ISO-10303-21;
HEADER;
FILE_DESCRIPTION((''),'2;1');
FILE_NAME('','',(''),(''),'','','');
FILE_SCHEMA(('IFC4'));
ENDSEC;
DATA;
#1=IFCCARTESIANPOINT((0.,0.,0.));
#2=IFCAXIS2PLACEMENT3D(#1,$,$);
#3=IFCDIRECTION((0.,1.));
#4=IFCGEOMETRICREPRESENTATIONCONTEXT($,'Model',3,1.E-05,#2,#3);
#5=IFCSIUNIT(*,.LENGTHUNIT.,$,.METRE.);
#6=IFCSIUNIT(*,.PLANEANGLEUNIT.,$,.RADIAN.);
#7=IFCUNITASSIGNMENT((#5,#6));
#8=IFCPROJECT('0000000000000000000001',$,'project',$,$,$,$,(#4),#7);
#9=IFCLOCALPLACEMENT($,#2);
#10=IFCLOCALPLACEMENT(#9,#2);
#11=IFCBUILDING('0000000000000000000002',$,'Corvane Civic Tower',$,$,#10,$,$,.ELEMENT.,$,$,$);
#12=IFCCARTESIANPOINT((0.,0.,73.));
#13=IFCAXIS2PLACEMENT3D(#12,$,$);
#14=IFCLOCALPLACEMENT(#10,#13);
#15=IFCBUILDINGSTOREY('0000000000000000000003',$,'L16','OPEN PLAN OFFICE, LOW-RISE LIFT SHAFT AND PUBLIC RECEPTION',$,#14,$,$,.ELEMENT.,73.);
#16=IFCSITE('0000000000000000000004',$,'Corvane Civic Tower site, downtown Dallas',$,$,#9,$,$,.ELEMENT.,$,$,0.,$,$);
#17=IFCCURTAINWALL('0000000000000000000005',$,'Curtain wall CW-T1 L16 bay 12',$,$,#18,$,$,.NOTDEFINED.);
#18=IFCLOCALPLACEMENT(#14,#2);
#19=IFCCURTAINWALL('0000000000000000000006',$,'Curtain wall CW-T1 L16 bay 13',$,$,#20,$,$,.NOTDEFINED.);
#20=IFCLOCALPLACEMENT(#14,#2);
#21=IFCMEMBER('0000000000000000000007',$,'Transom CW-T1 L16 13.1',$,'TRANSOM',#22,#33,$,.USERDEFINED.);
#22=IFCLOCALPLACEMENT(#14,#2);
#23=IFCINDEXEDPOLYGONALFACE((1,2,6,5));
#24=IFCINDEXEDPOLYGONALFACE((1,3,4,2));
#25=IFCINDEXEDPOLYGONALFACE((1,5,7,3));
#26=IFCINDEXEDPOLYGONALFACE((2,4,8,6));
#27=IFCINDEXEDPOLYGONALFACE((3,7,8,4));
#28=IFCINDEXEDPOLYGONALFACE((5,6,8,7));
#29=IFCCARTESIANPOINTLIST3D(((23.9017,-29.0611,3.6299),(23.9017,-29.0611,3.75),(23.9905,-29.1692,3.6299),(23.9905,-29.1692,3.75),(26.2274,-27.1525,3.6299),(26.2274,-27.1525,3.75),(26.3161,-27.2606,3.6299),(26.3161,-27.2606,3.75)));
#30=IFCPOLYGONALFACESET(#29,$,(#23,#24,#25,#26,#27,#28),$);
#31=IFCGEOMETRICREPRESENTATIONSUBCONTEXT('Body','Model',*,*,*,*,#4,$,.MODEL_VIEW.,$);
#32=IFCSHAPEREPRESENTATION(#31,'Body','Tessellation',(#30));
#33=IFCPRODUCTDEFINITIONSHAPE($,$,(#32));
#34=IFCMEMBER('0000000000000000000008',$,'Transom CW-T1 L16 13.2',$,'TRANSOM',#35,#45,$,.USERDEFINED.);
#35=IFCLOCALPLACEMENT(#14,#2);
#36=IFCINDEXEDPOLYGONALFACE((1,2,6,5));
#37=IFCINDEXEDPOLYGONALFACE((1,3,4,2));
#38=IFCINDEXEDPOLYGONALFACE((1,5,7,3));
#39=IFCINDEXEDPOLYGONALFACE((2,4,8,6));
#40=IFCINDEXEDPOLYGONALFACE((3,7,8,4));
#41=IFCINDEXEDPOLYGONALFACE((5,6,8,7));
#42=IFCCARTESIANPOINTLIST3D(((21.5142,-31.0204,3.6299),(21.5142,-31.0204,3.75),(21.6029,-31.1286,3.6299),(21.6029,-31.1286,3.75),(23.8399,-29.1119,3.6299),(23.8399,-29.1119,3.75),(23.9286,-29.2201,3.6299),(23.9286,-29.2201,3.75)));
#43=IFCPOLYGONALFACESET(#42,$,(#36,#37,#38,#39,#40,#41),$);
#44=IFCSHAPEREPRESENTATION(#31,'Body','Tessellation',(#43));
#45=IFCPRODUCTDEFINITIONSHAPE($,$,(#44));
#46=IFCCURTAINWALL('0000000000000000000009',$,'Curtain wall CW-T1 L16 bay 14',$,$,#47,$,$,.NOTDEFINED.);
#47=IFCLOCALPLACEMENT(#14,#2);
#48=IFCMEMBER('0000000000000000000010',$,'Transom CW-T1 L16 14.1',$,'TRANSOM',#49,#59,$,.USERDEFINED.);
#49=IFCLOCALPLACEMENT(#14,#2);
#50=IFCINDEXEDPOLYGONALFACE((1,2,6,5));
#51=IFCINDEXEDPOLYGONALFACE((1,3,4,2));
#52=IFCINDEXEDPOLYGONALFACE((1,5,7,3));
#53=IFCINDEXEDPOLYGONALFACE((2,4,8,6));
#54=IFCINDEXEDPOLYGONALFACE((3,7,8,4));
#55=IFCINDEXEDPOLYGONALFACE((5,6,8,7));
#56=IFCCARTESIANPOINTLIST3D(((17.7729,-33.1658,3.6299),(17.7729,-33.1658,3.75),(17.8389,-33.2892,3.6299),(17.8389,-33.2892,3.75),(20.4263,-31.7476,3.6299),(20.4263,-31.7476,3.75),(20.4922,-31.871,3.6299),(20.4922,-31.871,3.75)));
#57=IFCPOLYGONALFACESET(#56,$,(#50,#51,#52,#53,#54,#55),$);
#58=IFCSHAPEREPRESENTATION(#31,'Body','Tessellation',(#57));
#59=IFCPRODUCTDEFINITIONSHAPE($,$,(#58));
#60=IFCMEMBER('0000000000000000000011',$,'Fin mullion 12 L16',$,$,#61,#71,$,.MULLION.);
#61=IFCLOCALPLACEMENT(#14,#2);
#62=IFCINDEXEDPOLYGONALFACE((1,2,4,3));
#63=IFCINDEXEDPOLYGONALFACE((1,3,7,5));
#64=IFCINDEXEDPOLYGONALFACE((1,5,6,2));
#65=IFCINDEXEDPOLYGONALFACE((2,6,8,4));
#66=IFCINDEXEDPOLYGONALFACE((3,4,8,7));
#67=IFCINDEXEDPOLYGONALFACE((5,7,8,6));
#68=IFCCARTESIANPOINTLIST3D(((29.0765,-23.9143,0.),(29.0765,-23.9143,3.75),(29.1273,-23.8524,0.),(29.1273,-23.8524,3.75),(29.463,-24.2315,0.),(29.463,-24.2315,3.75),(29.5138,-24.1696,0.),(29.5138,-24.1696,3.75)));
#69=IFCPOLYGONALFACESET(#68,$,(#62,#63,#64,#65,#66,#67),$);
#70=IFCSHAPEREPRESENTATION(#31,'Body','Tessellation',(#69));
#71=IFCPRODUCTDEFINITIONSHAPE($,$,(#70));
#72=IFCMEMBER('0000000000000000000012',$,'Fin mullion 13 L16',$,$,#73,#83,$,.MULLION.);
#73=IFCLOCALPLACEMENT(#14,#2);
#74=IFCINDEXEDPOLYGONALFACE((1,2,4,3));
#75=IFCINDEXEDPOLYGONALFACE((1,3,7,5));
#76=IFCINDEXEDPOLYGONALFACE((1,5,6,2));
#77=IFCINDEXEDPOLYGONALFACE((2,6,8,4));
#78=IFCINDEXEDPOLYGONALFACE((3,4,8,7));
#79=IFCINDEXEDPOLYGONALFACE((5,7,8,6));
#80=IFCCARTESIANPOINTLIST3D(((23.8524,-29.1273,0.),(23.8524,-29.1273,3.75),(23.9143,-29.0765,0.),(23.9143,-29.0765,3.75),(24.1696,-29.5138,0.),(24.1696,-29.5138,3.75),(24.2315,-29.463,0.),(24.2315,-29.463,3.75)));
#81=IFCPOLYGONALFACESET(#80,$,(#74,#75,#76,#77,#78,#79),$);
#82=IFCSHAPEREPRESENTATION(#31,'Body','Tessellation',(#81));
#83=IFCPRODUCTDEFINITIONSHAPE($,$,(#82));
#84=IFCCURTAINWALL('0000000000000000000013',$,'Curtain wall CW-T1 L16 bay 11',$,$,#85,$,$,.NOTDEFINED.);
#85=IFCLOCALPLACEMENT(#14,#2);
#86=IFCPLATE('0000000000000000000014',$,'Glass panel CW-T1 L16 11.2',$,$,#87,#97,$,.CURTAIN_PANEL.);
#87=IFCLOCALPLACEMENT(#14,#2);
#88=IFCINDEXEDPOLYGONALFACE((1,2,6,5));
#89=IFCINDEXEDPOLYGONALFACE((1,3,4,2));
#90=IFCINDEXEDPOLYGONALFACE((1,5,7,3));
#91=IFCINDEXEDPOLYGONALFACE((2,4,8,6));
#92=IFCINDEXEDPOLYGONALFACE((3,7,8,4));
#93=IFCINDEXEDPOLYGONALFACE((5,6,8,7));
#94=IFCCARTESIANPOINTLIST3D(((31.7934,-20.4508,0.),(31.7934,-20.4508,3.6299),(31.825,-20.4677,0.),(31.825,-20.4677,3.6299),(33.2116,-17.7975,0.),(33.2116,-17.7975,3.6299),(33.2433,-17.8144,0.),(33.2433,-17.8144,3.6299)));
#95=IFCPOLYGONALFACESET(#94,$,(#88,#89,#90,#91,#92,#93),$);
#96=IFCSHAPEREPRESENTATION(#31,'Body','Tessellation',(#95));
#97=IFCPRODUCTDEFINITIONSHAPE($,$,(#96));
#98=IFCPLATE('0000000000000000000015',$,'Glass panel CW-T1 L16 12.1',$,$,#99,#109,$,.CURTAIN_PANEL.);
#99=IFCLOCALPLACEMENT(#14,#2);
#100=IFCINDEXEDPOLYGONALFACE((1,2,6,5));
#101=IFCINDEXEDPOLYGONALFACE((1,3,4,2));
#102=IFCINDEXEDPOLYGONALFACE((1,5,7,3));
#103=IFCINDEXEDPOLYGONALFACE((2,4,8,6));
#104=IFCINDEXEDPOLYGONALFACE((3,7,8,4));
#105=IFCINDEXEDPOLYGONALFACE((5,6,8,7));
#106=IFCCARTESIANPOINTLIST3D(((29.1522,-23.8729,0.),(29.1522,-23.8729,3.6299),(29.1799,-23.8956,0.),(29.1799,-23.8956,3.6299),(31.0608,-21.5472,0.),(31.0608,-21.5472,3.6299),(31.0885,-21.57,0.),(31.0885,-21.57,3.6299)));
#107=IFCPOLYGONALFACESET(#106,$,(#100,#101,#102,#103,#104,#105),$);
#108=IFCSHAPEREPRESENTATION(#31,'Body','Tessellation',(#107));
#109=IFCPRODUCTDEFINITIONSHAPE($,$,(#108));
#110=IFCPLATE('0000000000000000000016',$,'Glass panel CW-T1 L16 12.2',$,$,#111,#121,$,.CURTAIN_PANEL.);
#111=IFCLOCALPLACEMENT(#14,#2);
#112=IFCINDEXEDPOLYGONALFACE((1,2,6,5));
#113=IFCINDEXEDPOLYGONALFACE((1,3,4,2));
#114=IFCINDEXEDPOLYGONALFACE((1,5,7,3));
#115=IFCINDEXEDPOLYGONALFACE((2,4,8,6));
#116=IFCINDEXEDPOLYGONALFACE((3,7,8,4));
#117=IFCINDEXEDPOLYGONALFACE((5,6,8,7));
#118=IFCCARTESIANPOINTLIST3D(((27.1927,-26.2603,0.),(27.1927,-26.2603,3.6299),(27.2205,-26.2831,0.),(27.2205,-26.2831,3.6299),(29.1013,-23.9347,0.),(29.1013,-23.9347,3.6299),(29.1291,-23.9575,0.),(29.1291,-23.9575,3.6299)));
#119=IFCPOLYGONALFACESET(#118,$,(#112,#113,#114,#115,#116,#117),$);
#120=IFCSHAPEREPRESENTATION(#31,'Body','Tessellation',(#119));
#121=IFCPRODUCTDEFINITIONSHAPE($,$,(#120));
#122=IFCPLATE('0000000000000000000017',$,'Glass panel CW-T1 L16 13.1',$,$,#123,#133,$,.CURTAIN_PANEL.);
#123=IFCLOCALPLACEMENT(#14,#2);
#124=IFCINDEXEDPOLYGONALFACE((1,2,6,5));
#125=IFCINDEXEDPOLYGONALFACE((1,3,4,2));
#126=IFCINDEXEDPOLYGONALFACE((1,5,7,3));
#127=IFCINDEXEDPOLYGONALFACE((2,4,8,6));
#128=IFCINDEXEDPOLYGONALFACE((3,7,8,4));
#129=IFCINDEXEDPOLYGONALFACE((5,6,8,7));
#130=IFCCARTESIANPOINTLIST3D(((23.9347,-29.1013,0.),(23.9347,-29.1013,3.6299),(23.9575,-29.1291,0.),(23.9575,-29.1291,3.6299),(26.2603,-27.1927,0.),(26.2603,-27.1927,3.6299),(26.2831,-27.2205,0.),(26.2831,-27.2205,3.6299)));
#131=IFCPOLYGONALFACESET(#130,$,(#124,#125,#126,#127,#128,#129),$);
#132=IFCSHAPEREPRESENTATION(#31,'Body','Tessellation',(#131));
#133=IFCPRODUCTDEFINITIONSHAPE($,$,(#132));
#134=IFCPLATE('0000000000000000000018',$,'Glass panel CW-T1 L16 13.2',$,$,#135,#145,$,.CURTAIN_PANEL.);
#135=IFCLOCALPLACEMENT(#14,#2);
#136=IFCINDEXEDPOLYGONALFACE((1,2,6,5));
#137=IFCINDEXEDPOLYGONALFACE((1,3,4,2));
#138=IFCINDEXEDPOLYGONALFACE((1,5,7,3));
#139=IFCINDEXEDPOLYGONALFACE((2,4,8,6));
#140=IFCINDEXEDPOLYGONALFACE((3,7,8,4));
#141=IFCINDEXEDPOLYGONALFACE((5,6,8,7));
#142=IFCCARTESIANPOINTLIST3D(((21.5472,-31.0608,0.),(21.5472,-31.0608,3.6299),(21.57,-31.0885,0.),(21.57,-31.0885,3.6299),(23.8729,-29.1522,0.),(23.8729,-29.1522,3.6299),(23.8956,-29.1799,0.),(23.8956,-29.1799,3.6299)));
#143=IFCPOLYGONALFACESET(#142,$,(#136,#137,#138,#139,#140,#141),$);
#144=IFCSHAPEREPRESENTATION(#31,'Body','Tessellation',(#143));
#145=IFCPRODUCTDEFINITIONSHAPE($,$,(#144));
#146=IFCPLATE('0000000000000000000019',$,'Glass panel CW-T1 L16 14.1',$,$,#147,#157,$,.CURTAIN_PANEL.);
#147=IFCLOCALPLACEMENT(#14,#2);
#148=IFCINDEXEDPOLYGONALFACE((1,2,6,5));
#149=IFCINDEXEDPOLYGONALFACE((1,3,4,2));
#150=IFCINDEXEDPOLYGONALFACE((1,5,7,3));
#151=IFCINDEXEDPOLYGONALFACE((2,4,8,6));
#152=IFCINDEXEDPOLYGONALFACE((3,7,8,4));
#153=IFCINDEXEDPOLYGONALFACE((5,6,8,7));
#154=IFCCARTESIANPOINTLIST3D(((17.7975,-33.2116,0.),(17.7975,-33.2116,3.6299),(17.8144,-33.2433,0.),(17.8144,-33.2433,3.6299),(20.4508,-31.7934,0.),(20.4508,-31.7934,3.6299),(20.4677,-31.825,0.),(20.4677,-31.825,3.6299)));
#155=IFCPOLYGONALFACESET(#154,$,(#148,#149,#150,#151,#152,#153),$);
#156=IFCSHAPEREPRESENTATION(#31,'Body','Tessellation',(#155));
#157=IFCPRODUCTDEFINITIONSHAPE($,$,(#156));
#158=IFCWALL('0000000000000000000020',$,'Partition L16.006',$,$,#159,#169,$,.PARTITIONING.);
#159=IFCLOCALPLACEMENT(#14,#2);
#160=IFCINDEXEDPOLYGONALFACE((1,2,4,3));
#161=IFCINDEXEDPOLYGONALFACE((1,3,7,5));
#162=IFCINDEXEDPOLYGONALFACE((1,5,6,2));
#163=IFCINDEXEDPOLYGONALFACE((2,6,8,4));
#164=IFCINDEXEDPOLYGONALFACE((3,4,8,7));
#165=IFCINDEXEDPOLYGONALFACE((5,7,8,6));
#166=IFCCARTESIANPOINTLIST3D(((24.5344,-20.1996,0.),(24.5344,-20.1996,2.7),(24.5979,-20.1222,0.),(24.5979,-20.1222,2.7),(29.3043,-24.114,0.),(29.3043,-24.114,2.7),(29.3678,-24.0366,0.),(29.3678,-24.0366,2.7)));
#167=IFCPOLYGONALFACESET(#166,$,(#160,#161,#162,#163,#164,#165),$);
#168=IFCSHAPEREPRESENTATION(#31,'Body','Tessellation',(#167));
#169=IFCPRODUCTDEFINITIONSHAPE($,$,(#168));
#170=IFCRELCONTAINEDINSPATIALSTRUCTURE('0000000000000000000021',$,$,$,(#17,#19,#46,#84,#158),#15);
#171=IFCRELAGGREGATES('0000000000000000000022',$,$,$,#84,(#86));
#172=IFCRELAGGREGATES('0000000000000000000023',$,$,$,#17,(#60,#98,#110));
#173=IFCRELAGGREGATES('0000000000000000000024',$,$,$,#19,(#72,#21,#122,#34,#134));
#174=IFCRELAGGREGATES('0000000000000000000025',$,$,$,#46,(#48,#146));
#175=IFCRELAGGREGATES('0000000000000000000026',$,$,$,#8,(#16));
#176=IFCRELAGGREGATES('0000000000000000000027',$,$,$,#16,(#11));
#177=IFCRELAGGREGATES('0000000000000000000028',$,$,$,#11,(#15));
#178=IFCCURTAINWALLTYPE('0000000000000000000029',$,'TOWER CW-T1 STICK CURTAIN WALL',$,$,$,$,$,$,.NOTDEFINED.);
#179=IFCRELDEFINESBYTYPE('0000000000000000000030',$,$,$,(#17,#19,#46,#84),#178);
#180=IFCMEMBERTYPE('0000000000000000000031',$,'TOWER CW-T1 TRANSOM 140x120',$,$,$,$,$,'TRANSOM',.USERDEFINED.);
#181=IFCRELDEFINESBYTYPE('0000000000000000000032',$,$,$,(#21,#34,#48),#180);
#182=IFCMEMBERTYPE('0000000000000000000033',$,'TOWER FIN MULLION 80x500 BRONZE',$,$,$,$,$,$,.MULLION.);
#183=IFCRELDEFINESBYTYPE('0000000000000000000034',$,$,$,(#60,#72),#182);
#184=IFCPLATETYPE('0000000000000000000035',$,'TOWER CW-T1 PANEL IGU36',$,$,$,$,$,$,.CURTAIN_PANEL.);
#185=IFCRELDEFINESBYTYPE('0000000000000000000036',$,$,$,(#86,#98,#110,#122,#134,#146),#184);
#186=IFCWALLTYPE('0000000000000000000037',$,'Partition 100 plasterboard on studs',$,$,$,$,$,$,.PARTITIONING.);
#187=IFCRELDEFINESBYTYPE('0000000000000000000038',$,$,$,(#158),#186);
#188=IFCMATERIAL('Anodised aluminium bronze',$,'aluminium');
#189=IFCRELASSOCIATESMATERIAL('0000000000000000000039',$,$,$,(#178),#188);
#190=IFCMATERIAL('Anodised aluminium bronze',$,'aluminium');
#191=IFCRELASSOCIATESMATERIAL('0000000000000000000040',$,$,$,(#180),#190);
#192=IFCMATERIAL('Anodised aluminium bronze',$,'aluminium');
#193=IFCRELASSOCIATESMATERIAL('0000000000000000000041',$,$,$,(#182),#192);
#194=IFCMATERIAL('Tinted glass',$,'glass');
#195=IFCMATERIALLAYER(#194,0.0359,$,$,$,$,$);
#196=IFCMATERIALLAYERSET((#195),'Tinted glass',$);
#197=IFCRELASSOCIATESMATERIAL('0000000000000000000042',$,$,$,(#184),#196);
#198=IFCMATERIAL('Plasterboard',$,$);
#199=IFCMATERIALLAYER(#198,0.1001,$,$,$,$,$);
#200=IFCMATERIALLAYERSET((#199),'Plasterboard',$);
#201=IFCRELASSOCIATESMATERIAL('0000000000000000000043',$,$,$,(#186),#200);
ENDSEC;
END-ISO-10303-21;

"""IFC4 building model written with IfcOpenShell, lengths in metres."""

from ifc_helpers import new_model, si_unit, direction, frame, frame_2d, origin, origin_2d, place, context, subcontext, project, spatial, rectangle, extrude, material, layer, layer_set, material_profile, profile_set, type_object, element, aggregate, save


model = new_model("IFC4")

# Units and contexts
model_context = context("Model", 3, precision=1e-05, world=origin(), true_north=direction((0.0, 1.0)))
body_context = subcontext(model_context, "Body", "Model", "MODEL_VIEW")
ifc_project = project(units=[si_unit("LENGTHUNIT", "METRE"), si_unit("PLANEANGLEUNIT", "RADIAN")], contexts=[model_context])

# Site, building, storey
site_placement = place(None, origin())
site = spatial("IfcSite", under=ifc_project, at=site_placement, Name="Corvane Civic Tower site, downtown Dallas", CompositionType="ELEMENT", RefElevation=0.0)
building_placement = place(site_placement, origin())
building = spatial("IfcBuilding", under=site, at=building_placement, Name="Corvane Civic Tower", CompositionType="ELEMENT")
storey_placement = place(building_placement, frame((0.0, 0.0, 73.0)))
storey = spatial("IfcBuildingStorey", under=building, at=storey_placement, Name="L16", Description="OPEN PLAN OFFICE, LOW-RISE LIFT SHAFT AND PUBLIC RECEPTION", CompositionType="ELEMENT", Elevation=73.0)

# Curtain walls, members
ifc_material_1 = material(Name="Anodised aluminium bronze", Category="aluminium")
curtain_wall_type = type_object("IfcCurtainWallType", Name="TOWER CW-T1 STICK CURTAIN WALL", PredefinedType="NOTDEFINED", material=ifc_material_1)
curtain_wall_1_placement = place(storey_placement, origin())
curtain_wall_1 = element("IfcCurtainWall", 1, at=curtain_wall_1_placement, inside=storey, type_object=curtain_wall_type, Name="Curtain wall CW-T1 L16 bay 12", PredefinedType="NOTDEFINED")
ifc_material_2 = material(Name="Anodised aluminium bronze", Category="aluminium")
ifc_material_profile_1 = material_profile(ifc_material_2, rectangle(XDim=0.1399, YDim=0.1201, at=origin_2d()), Name="TOWER CW-T1 TRANSOM 140x120")
ifc_profile_set_1 = profile_set([ifc_material_profile_1], Name="Anodised aluminium bronze")
member_type_1 = type_object("IfcMemberType", Name="TOWER CW-T1 TRANSOM 140x120", ElementType="TRANSOM", PredefinedType="USERDEFINED", material=ifc_profile_set_1)
curtain_wall_2_placement = place(storey_placement, origin())
curtain_wall_2 = element("IfcCurtainWall", 2, at=curtain_wall_2_placement, inside=storey, type_object=curtain_wall_type, Name="Curtain wall CW-T1 L16 bay 13", PredefinedType="NOTDEFINED")
member_1_placement = place(storey_placement, frame((26.2717, -27.2065, 3.6899), z_axis=(-0.773002, -0.634404, 0.0), x_axis=(0.634404, -0.773002, 0.0)))
member_1 = element("IfcMember", 3, at=member_1_placement, type_object=member_type_1, Name="Transom CW-T1 L16 13.1", ObjectType="TRANSOM", PredefinedType="USERDEFINED", context=body_context, shape_type="SweptSolid", body=[
    extrude(rectangle(XDim=0.1399, YDim=0.1201, at=origin_2d()), origin(), (0.0, 0.0, 1.0), 3.0085),
])
member_2_placement = place(storey_placement, frame((23.8843, -29.166, 3.6899), z_axis=(-0.773042, -0.634355, 0.0), x_axis=(0.634355, -0.773042, 0.0)))
member_2 = element("IfcMember", 4, at=member_2_placement, type_object=member_type_1, Name="Transom CW-T1 L16 13.2", ObjectType="TRANSOM", PredefinedType="USERDEFINED", context=body_context, shape_type="SweptSolid", body=[
    extrude(rectangle(XDim=0.1399, YDim=0.1201, at=origin_2d()), origin(), (0.0, 0.0, 1.0), 3.0085),
])

# Curtain wall, member
curtain_wall_3_placement = place(storey_placement, origin())
curtain_wall_3 = element("IfcCurtainWall", 5, at=curtain_wall_3_placement, inside=storey, type_object=curtain_wall_type, Name="Curtain wall CW-T1 L16 bay 14", PredefinedType="NOTDEFINED")
member_3_placement = place(storey_placement, frame((20.4592, -31.8093, 3.6899), z_axis=(-0.881924, -0.471393, 0.0), x_axis=(0.471393, -0.881924, 0.0)))
member_3 = element("IfcMember", 6, at=member_3_placement, type_object=member_type_1, Name="Transom CW-T1 L16 14.1", ObjectType="TRANSOM", PredefinedType="USERDEFINED", context=body_context, shape_type="SweptSolid", body=[
    extrude(rectangle(XDim=0.1399, YDim=0.1201, at=origin_2d()), origin(), (0.0, 0.0, 1.0), 3.0085),
])

# Members
ifc_material_3 = material(Name="Anodised aluminium bronze", Category="aluminium")
ifc_material_profile_2 = material_profile(ifc_material_3, rectangle(XDim=0.0801, YDim=0.5, at=origin_2d()), Name="TOWER FIN MULLION 80x500 BRONZE")
ifc_profile_set_2 = profile_set([ifc_material_profile_2], Name="Anodised aluminium bronze")
member_type_2 = type_object("IfcMemberType", Name="TOWER FIN MULLION 80x500 BRONZE", PredefinedType="MULLION", material=ifc_profile_set_2)
member_4_placement = place(storey_placement, frame((29.2952, -24.042, 0.0), z_axis=(0.0, 0.0, 1.0), x_axis=(-0.634397, -0.773007, 0.0)))
member_4 = element("IfcMember", 7, at=member_4_placement, type_object=member_type_2, Name="Fin mullion 12 L16", PredefinedType="MULLION", context=body_context, shape_type="SweptSolid", body=[
    extrude(rectangle(XDim=0.0801, YDim=0.5, at=origin_2d()), origin(), (0.0, 0.0, 1.0), 3.75),
])
member_5_placement = place(storey_placement, frame((24.042, -29.2952, 0.0), z_axis=(0.0, 0.0, 1.0), x_axis=(-0.773007, -0.634397, 0.0)))
member_5 = element("IfcMember", 8, at=member_5_placement, type_object=member_type_2, Name="Fin mullion 13 L16", PredefinedType="MULLION", context=body_context, shape_type="SweptSolid", body=[
    extrude(rectangle(XDim=0.0801, YDim=0.5, at=origin_2d()), origin(), (0.0, 0.0, 1.0), 3.75),
])

# Curtain wall, plate
curtain_wall_4_placement = place(storey_placement, origin())
curtain_wall_4 = element("IfcCurtainWall", 9, at=curtain_wall_4_placement, inside=storey, type_object=curtain_wall_type, Name="Curtain wall CW-T1 L16 bay 11", PredefinedType="NOTDEFINED")
ifc_material_4 = material(Name="Tinted glass", Category="glass")
ifc_layer_1 = layer(ifc_material_4, 0.0359)
ifc_layer_set_1 = layer_set([ifc_layer_1], Name="Tinted glass")
plate_type = type_object("IfcPlateType", Name="TOWER CW-T1 PANEL IGU36", PredefinedType="CURTAIN_PANEL", material=ifc_layer_set_1)
plate_1_placement = place(storey_placement, frame((32.5183, -19.1326, 0.0), z_axis=(0.0, 0.0, 1.0), x_axis=(-0.471404, -0.881918, 0.0)))
plate_1 = element("IfcPlate", 10, at=plate_1_placement, type_object=plate_type, Name="Glass panel CW-T1 L16 11.2", PredefinedType="CURTAIN_PANEL", context=body_context, shape_type="SweptSolid", body=[
    extrude(rectangle(XDim=3.0085, YDim=0.0359, at=origin_2d()), origin(), (0.0, 0.0, 1.0), 3.6299),
])
aggregate(curtain_wall_4, [plate_1])

# Plates
plate_2_placement = place(storey_placement, frame((30.1204, -22.7214, 0.0), z_axis=(0.0, 0.0, 1.0), x_axis=(-0.634397, -0.773007, 0.0)))
plate_2 = element("IfcPlate", 11, at=plate_2_placement, type_object=plate_type, Name="Glass panel CW-T1 L16 12.1", PredefinedType="CURTAIN_PANEL", context=body_context, shape_type="SweptSolid", body=[
    extrude(rectangle(XDim=3.0085, YDim=0.0359, at=origin_2d()), origin(), (0.0, 0.0, 1.0), 3.6299),
])
plate_3_placement = place(storey_placement, frame((28.1609, -25.1089, 0.0), z_axis=(0.0, 0.0, 1.0), x_axis=(-0.634397, -0.773007, 0.0)))
plate_3 = element("IfcPlate", 12, at=plate_3_placement, type_object=plate_type, Name="Glass panel CW-T1 L16 12.2", PredefinedType="CURTAIN_PANEL", context=body_context, shape_type="SweptSolid", body=[
    extrude(rectangle(XDim=3.0085, YDim=0.0359, at=origin_2d()), origin(), (0.0, 0.0, 1.0), 3.6299),
])
aggregate(curtain_wall_1, [member_4, plate_2, plate_3])
plate_4_placement = place(storey_placement, frame((25.1089, -28.1609, 0.0), z_axis=(0.0, 0.0, 1.0), x_axis=(-0.773007, -0.634397, 0.0)))
plate_4 = element("IfcPlate", 13, at=plate_4_placement, type_object=plate_type, Name="Glass panel CW-T1 L16 13.1", PredefinedType="CURTAIN_PANEL", context=body_context, shape_type="SweptSolid", body=[
    extrude(rectangle(XDim=3.0085, YDim=0.0359, at=origin_2d()), origin(), (0.0, 0.0, 1.0), 3.6299),
])
plate_5_placement = place(storey_placement, frame((22.7214, -30.1204, 0.0), z_axis=(0.0, 0.0, 1.0), x_axis=(-0.773007, -0.634397, 0.0)))
plate_5 = element("IfcPlate", 14, at=plate_5_placement, type_object=plate_type, Name="Glass panel CW-T1 L16 13.2", PredefinedType="CURTAIN_PANEL", context=body_context, shape_type="SweptSolid", body=[
    extrude(rectangle(XDim=3.0085, YDim=0.0359, at=origin_2d()), origin(), (0.0, 0.0, 1.0), 3.6299),
])
aggregate(curtain_wall_2, [member_5, member_1, plate_4, member_2, plate_5])
plate_6_placement = place(storey_placement, frame((19.1326, -32.5183, 0.0), z_axis=(0.0, 0.0, 1.0), x_axis=(-0.881918, -0.471404, 0.0)))
plate_6 = element("IfcPlate", 15, at=plate_6_placement, type_object=plate_type, Name="Glass panel CW-T1 L16 14.1", PredefinedType="CURTAIN_PANEL", context=body_context, shape_type="SweptSolid", body=[
    extrude(rectangle(XDim=3.0085, YDim=0.0359, at=origin_2d()), origin(), (0.0, 0.0, 1.0), 3.6299),
])
aggregate(curtain_wall_3, [member_3, plate_6])

# Wall
ifc_material_5 = material(Name="Plasterboard")
ifc_layer_2 = layer(ifc_material_5, 0.1001)
ifc_layer_set_2 = layer_set([ifc_layer_2], Name="Plasterboard")
wall_type = type_object("IfcWallType", Name="Partition 100 plasterboard on studs", PredefinedType="PARTITIONING", material=ifc_layer_set_2)
wall_1_placement = place(storey_placement, frame((24.5662, -20.1609, 0.0), z_axis=(0.0, 0.0, 1.0), x_axis=(0.773022, -0.634379, 0.0)))
element("IfcWall", 16, at=wall_1_placement, inside=storey, type_object=wall_type, Name="Partition L16.006", PredefinedType="PARTITIONING", context=body_context, shape_type="SweptSolid", body=[
    extrude(rectangle(XDim=6.1704, YDim=0.1001, at=frame_2d((3.0852, 0.0))), origin(), (0.0, 0.0, 1.0), 2.7),
])

save(model, "model.ifc")
